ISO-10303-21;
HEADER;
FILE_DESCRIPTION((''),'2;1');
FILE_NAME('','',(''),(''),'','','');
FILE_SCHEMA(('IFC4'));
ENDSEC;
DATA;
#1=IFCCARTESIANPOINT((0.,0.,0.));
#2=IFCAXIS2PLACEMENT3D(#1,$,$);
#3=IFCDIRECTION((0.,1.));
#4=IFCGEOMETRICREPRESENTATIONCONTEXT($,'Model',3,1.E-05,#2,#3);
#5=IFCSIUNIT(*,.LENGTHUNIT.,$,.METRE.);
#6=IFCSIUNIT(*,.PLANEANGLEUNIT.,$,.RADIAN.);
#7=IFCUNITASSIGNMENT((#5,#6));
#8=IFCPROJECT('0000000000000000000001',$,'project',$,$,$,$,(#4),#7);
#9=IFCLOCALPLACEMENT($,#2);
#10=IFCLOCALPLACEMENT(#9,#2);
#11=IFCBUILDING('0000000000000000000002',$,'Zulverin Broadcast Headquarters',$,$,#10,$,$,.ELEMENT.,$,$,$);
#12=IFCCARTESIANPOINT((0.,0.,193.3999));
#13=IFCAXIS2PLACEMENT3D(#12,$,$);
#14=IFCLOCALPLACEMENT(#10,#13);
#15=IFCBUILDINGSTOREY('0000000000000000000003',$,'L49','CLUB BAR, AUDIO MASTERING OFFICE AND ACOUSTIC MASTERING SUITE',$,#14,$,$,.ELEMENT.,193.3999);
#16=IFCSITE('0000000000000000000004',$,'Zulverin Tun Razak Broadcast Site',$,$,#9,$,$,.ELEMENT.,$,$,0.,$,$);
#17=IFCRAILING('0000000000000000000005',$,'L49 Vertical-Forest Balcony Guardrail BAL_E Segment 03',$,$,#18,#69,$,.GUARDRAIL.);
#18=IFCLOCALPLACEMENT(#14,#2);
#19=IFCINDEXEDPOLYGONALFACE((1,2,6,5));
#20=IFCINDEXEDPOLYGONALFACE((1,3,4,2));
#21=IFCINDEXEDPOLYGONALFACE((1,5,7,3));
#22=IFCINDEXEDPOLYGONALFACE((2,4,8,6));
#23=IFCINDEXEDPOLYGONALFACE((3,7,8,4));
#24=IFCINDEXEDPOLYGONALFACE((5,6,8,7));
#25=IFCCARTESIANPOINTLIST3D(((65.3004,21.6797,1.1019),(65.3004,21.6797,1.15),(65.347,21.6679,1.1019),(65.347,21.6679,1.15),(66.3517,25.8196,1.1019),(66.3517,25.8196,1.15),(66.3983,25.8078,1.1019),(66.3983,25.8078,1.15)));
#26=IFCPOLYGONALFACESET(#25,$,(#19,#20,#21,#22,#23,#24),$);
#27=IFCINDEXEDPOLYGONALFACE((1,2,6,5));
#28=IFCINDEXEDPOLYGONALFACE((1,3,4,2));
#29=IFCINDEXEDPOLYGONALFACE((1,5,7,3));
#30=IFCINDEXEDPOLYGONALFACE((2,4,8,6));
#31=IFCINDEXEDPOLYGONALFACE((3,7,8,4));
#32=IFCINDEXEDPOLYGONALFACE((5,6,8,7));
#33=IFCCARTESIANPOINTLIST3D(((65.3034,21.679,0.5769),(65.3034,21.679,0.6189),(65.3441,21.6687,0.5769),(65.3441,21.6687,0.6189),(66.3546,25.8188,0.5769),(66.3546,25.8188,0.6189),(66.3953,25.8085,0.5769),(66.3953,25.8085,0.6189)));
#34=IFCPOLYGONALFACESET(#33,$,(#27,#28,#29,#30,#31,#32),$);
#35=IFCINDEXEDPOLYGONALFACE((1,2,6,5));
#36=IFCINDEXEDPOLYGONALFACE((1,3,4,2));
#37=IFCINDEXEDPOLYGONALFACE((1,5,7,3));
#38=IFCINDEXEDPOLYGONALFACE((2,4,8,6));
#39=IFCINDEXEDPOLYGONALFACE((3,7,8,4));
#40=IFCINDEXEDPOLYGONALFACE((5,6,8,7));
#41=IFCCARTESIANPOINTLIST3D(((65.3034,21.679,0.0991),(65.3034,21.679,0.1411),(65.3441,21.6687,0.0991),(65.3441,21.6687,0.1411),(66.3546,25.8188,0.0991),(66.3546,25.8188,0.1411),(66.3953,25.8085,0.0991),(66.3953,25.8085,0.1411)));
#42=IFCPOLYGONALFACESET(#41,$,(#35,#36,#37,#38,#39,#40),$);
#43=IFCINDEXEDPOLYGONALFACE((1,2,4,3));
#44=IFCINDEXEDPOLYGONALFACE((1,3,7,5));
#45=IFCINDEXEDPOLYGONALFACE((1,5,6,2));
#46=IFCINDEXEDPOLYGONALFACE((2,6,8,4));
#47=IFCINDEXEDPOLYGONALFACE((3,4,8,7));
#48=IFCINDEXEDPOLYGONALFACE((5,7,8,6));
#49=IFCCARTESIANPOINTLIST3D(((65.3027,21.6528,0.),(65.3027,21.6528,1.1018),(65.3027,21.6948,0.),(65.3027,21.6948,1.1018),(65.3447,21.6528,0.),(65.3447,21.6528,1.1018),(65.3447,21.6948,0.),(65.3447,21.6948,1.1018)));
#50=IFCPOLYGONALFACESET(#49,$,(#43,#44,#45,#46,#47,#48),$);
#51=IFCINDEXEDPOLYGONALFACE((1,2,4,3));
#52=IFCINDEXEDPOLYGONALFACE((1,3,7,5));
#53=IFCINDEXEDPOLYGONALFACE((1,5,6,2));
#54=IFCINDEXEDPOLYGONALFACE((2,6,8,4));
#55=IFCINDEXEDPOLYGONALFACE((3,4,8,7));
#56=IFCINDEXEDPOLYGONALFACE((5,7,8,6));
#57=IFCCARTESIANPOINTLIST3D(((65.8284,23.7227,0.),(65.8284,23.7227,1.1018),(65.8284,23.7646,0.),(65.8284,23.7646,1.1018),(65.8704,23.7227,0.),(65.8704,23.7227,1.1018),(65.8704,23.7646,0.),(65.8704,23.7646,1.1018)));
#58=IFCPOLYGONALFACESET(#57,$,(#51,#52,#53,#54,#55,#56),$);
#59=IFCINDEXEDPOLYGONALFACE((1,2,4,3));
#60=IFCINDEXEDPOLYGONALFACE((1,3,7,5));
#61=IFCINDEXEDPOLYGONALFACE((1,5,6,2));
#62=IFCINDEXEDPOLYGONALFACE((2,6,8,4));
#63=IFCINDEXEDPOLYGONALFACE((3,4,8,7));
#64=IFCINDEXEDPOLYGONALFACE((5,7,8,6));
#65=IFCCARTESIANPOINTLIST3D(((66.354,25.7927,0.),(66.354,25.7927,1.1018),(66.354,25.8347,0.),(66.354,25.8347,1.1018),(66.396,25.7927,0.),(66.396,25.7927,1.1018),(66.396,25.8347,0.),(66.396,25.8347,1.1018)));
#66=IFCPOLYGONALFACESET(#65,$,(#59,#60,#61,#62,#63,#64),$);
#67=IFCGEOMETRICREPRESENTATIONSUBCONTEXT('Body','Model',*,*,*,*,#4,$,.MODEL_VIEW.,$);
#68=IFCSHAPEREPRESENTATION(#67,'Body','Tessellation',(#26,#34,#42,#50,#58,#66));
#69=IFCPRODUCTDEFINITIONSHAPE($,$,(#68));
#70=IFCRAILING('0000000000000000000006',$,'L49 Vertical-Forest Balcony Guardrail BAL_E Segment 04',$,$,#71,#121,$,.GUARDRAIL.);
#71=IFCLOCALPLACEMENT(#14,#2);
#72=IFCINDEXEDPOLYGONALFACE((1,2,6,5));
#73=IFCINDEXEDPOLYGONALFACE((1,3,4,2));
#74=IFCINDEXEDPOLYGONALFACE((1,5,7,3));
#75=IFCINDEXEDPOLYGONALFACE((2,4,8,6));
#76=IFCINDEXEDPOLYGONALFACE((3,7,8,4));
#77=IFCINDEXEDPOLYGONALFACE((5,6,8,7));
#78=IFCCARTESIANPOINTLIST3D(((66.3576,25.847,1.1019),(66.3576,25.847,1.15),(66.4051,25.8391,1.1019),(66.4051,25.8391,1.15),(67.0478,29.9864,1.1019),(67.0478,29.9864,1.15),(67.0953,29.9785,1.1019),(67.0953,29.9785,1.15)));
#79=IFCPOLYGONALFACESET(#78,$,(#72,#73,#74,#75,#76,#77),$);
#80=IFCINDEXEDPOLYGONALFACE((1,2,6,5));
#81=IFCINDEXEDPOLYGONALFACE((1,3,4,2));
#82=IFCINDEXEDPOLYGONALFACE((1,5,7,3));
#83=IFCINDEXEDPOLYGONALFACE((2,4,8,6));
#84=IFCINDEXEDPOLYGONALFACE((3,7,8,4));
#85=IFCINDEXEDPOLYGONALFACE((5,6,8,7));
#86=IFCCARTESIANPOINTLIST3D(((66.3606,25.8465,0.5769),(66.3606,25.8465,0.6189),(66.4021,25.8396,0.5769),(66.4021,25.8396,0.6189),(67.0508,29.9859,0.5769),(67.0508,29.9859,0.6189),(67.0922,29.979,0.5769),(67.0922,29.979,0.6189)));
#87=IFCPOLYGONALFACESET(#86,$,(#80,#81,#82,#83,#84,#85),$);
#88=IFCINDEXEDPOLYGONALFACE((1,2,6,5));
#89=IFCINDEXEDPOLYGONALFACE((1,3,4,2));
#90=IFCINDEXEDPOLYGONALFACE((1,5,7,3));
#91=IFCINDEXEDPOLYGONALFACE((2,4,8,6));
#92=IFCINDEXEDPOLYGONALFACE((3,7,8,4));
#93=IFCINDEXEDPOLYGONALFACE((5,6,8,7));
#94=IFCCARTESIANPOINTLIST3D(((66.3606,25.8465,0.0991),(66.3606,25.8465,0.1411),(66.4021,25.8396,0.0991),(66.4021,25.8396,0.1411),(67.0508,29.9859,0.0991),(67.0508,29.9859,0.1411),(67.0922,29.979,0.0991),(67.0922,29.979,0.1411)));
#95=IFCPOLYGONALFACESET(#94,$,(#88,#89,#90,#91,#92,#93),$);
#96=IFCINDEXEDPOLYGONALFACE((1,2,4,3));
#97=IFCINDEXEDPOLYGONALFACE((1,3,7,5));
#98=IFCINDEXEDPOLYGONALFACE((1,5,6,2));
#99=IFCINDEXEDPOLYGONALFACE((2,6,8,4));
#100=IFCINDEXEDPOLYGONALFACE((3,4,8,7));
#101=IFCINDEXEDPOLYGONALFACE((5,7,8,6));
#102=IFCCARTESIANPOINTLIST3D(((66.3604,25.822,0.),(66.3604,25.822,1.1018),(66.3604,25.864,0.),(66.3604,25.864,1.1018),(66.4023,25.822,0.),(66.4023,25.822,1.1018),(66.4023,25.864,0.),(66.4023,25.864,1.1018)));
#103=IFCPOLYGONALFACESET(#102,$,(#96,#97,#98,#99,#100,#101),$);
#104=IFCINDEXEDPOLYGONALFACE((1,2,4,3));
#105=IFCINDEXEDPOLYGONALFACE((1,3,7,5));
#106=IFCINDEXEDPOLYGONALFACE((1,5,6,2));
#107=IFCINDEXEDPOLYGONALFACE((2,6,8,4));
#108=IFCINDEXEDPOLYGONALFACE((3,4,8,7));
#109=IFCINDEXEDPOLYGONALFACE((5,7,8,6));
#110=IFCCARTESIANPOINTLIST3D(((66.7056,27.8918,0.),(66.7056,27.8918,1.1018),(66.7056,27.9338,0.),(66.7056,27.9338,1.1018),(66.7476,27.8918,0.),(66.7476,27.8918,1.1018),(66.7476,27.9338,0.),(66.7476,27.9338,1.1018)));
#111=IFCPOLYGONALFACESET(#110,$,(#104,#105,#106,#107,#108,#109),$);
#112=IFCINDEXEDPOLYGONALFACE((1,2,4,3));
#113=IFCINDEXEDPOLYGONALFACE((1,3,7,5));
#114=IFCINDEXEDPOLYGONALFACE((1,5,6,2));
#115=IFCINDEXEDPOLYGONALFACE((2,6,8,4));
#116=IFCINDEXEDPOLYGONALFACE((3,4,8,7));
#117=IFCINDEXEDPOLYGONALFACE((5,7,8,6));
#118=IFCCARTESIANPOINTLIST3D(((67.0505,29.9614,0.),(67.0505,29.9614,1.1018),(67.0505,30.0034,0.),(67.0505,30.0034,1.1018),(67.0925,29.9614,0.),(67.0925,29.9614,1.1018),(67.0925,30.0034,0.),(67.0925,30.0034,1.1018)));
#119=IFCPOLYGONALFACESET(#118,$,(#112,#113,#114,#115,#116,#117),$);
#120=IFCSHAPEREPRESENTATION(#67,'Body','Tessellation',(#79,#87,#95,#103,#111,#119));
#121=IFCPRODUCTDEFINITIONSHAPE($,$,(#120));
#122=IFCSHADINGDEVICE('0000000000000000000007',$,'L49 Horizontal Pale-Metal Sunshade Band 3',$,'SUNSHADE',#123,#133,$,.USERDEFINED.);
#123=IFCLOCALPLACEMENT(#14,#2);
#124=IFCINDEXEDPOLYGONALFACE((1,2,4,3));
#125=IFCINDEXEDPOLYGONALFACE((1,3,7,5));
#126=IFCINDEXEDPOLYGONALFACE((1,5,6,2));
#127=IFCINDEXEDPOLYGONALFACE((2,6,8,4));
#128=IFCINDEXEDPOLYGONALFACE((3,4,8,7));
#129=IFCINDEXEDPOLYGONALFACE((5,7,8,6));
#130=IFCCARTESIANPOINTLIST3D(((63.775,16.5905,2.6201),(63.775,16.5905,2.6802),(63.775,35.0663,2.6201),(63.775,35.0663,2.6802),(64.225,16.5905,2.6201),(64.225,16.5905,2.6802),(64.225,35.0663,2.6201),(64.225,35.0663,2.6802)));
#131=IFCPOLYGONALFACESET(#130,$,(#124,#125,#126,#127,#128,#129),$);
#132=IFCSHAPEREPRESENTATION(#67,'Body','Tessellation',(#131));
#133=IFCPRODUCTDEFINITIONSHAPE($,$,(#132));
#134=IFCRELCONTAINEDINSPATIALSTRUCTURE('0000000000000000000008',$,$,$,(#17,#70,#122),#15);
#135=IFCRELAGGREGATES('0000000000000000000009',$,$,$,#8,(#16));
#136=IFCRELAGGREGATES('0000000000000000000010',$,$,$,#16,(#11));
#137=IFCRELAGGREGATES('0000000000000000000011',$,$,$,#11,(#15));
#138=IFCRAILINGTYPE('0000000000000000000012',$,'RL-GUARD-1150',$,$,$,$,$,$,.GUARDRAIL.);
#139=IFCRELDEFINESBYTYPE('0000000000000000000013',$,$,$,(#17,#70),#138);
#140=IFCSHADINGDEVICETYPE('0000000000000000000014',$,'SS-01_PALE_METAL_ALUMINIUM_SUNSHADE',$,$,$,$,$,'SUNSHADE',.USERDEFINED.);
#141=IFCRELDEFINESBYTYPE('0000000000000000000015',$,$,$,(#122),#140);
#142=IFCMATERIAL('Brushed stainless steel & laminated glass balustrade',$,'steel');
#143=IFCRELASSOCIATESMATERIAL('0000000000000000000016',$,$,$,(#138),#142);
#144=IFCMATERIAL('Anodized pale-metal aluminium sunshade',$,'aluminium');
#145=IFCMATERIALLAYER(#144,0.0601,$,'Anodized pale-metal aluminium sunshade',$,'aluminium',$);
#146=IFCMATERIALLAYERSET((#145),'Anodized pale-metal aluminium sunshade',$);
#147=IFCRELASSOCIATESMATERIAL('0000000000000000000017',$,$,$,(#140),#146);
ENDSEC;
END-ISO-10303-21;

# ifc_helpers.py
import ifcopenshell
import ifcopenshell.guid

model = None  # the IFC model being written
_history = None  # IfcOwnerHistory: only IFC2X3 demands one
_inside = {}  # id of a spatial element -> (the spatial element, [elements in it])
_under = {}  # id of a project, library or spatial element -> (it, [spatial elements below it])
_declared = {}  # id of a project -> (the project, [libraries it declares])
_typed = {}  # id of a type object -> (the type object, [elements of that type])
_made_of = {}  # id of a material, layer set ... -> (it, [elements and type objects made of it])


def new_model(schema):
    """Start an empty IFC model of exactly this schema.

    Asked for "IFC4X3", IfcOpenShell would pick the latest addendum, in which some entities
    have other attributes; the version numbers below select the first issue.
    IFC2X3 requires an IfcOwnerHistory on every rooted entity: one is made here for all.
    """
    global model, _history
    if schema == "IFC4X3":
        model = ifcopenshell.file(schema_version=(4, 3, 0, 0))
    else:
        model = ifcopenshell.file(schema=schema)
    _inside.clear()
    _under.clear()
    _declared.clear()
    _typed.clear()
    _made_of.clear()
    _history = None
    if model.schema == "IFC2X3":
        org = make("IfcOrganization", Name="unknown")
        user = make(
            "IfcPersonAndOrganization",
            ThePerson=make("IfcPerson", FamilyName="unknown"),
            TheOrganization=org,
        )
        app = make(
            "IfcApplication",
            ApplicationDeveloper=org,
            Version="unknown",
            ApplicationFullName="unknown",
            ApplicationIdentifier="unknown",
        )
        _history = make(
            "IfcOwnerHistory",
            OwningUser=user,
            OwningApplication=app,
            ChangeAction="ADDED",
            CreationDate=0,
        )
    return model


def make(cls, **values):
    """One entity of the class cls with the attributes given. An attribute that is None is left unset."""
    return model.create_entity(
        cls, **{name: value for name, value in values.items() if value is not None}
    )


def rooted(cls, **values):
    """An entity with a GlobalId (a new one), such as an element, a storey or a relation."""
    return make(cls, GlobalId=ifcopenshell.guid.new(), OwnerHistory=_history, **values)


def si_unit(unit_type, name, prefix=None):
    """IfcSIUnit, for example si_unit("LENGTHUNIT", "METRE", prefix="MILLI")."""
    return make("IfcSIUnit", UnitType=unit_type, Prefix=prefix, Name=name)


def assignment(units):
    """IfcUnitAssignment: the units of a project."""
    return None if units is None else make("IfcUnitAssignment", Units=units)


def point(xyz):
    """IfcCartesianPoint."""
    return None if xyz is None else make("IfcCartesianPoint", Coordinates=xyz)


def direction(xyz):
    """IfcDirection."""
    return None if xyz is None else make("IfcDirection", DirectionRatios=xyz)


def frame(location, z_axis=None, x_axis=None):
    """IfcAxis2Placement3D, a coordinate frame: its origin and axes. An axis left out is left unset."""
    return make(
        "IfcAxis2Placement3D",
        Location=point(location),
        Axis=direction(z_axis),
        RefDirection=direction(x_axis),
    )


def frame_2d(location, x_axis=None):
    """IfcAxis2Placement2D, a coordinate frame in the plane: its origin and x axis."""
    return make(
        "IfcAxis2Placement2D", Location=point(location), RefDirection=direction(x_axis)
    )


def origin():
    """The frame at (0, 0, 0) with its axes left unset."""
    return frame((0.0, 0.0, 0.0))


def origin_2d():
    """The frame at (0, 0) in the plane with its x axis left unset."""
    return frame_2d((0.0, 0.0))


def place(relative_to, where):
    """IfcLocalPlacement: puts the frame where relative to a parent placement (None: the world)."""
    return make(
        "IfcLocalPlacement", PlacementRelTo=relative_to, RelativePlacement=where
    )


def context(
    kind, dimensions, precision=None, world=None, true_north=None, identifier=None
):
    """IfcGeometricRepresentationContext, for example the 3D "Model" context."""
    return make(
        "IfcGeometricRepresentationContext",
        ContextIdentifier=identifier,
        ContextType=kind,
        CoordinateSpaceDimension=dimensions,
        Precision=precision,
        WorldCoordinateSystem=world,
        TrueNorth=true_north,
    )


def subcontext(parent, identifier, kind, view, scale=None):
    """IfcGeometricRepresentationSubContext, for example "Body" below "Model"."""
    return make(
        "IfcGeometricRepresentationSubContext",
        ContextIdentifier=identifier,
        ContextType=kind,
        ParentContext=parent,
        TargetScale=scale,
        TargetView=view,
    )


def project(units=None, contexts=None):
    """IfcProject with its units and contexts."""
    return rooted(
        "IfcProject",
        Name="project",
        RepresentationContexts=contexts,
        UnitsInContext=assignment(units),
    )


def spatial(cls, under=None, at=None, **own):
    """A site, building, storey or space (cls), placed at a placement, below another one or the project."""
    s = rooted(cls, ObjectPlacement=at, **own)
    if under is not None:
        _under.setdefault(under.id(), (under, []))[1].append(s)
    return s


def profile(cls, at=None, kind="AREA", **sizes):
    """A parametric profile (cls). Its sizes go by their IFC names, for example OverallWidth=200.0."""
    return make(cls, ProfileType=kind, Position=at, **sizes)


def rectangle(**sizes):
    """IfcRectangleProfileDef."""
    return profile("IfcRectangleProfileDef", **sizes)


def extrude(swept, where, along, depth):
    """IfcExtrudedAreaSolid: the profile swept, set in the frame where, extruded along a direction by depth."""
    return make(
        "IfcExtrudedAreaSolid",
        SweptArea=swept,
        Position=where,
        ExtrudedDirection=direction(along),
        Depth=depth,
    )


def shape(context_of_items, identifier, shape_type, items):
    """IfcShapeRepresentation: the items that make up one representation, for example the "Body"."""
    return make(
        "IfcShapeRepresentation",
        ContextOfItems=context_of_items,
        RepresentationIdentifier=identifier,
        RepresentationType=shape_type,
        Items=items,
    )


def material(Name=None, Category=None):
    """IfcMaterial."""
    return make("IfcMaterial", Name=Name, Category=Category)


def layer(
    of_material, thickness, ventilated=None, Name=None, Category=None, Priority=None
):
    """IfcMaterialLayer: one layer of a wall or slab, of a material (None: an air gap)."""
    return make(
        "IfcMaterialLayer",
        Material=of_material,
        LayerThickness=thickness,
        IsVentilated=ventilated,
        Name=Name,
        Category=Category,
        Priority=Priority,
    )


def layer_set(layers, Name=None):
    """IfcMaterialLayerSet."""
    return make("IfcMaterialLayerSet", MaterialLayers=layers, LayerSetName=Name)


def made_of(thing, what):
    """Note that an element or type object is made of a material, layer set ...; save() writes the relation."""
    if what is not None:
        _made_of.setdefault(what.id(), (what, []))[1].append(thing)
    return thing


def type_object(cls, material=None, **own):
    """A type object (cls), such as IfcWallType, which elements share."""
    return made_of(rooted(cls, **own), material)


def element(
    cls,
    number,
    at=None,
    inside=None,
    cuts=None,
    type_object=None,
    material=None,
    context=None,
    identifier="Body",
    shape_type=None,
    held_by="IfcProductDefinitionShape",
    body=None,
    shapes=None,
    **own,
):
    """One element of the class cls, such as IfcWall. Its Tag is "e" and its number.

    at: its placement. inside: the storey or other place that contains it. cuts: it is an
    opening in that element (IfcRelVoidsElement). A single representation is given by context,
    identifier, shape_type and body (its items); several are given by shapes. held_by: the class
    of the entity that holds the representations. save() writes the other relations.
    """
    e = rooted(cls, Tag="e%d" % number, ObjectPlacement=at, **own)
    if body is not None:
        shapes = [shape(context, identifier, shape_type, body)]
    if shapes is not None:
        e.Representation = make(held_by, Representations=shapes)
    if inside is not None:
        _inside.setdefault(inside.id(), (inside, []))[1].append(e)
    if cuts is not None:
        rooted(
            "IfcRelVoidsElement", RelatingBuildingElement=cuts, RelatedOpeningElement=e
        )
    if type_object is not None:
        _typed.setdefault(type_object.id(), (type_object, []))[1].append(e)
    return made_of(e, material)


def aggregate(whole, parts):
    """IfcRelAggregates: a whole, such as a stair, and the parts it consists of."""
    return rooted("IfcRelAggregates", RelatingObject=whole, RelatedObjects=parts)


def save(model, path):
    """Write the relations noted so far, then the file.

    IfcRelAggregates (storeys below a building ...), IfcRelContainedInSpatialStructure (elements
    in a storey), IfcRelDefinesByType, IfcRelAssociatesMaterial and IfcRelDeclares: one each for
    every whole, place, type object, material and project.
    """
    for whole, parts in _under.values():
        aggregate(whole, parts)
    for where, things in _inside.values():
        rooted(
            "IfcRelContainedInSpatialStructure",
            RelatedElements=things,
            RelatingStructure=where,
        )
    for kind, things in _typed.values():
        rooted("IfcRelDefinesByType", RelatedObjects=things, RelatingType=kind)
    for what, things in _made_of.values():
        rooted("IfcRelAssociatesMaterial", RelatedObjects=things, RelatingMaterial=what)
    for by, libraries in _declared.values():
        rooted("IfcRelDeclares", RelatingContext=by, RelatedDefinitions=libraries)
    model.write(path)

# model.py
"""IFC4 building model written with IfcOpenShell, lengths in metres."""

from ifc_helpers import new_model, si_unit, direction, frame, origin, origin_2d, place, context, subcontext, project, spatial, rectangle, extrude, material, layer, layer_set, type_object, element, save


model = new_model("IFC4")

# Units and contexts
model_context = context("Model", 3, precision=1e-05, world=origin(), true_north=direction((0.0, 1.0)))
body_context = subcontext(model_context, "Body", "Model", "MODEL_VIEW")
ifc_project = project(units=[si_unit("LENGTHUNIT", "METRE"), si_unit("PLANEANGLEUNIT", "RADIAN")], contexts=[model_context])

# Site, building, storey
site_placement = place(None, origin())
site = spatial("IfcSite", under=ifc_project, at=site_placement, Name="Zulverin Tun Razak Broadcast Site", CompositionType="ELEMENT", RefElevation=0.0)
building_placement = place(site_placement, origin())
building = spatial("IfcBuilding", under=site, at=building_placement, Name="Zulverin Broadcast Headquarters", CompositionType="ELEMENT")
storey_placement = place(building_placement, frame((0.0, 0.0, 193.3999)))
storey = spatial("IfcBuildingStorey", under=building, at=storey_placement, Name="L49", Description="CLUB BAR, AUDIO MASTERING OFFICE AND ACOUSTIC MASTERING SUITE", CompositionType="ELEMENT", Elevation=193.3999)

# Railings
ifc_material_1 = material(Name="Brushed stainless steel & laminated glass balustrade", Category="steel")
railing_type = type_object("IfcRailingType", Name="RL-GUARD-1150", PredefinedType="GUARDRAIL", material=ifc_material_1)
railing_1_placement = place(storey_placement, frame((65.3237, 21.6738, 0.0)))
element("IfcRailing", 1, at=railing_1_placement, inside=storey, type_object=railing_type, Name="L49 Vertical-Forest Balcony Guardrail BAL_E Segment 03", PredefinedType="GUARDRAIL", context=body_context, shape_type="SweptSolid", body=[
    extrude(rectangle(XDim=0.0481, YDim=0.0481, at=origin_2d()), frame((0.0, 0.0, 1.126), z_axis=(0.246125, 0.969238, 0.0), x_axis=(-0.969238, 0.246125, 0.0)), (0.0, 0.0, 1.0), 4.2712),
    extrude(rectangle(XDim=0.042, YDim=0.042, at=origin_2d()), frame((0.0, 0.0, 0.5979), z_axis=(0.246125, 0.969238, 0.0), x_axis=(-0.969238, 0.246125, 0.0)), (0.0, 0.0, 1.0), 4.2712),
    extrude(rectangle(XDim=0.042, YDim=0.042, at=origin_2d()), frame((0.0, 0.0, 0.1201), z_axis=(0.246125, 0.969238, 0.0), x_axis=(-0.969238, 0.246125, 0.0)), (0.0, 0.0, 1.0), 4.2712),
    extrude(rectangle(XDim=0.042, YDim=0.042, at=origin_2d()), origin(), (0.0, 0.0, 1.0), 1.1018),
    extrude(rectangle(XDim=0.042, YDim=0.042, at=origin_2d()), frame((0.5256, 2.0698, 0.0)), (0.0, 0.0, 1.0), 1.1018),
    extrude(rectangle(XDim=0.042, YDim=0.042, at=origin_2d()), frame((1.0513, 4.1399, 0.0)), (0.0, 0.0, 1.0), 1.1018),
])
railing_2_placement = place(storey_placement, frame((66.3813, 25.843, 0.0)))
element("IfcRailing", 2, at=railing_2_placement, inside=storey, type_object=railing_type, Name="L49 Vertical-Forest Balcony Guardrail BAL_E Segment 04", PredefinedType="GUARDRAIL", context=body_context, shape_type="SweptSolid", body=[
    extrude(rectangle(XDim=0.0481, YDim=0.0481, at=origin_2d()), frame((0.0, 0.0, 1.126), z_axis=(0.164465, 0.986383, 0.0), x_axis=(-0.986383, 0.164465, 0.0)), (0.0, 0.0, 1.0), 4.1965),
    extrude(rectangle(XDim=0.042, YDim=0.042, at=origin_2d()), frame((0.0, 0.0, 0.5979), z_axis=(0.164465, 0.986383, 0.0), x_axis=(-0.986383, 0.164465, 0.0)), (0.0, 0.0, 1.0), 4.1965),
    extrude(rectangle(XDim=0.042, YDim=0.042, at=origin_2d()), frame((0.0, 0.0, 0.1201), z_axis=(0.164465, 0.986383, 0.0), x_axis=(-0.986383, 0.164465, 0.0)), (0.0, 0.0, 1.0), 4.1965),
    extrude(rectangle(XDim=0.042, YDim=0.042, at=origin_2d()), origin(), (0.0, 0.0, 1.0), 1.1018),
    extrude(rectangle(XDim=0.042, YDim=0.042, at=origin_2d()), frame((0.3452, 2.0698, 0.0)), (0.0, 0.0, 1.0), 1.1018),
    extrude(rectangle(XDim=0.042, YDim=0.042, at=origin_2d()), frame((0.6902, 4.1394, 0.0)), (0.0, 0.0, 1.0), 1.1018),
])

# Shading device
ifc_material_2 = material(Name="Anodized pale-metal aluminium sunshade", Category="aluminium")
ifc_layer_1 = layer(ifc_material_2, 0.0601, Name="Anodized pale-metal aluminium sunshade", Category="aluminium")
ifc_layer_set_1 = layer_set([ifc_layer_1], Name="Anodized pale-metal aluminium sunshade")
shading_device_type = type_object("IfcShadingDeviceType", Name="SS-01_PALE_METAL_ALUMINIUM_SUNSHADE", ElementType="SUNSHADE", PredefinedType="USERDEFINED", material=ifc_layer_set_1)
shading_device_placement = place(storey_placement, frame((64.0, 25.8284, 2.6201), z_axis=(0.0, 0.0, 1.0), x_axis=(0.0, 1.0, 0.0)))
element("IfcShadingDevice", 3, at=shading_device_placement, inside=storey, type_object=shading_device_type, Name="L49 Horizontal Pale-Metal Sunshade Band 3", ObjectType="SUNSHADE", PredefinedType="USERDEFINED", context=body_context, shape_type="SweptSolid", body=[
    extrude(rectangle(XDim=18.4758, YDim=0.45, at=origin_2d()), origin(), (0.0, 0.0, 1.0), 0.0601),
])

save(model, "model.ifc")
